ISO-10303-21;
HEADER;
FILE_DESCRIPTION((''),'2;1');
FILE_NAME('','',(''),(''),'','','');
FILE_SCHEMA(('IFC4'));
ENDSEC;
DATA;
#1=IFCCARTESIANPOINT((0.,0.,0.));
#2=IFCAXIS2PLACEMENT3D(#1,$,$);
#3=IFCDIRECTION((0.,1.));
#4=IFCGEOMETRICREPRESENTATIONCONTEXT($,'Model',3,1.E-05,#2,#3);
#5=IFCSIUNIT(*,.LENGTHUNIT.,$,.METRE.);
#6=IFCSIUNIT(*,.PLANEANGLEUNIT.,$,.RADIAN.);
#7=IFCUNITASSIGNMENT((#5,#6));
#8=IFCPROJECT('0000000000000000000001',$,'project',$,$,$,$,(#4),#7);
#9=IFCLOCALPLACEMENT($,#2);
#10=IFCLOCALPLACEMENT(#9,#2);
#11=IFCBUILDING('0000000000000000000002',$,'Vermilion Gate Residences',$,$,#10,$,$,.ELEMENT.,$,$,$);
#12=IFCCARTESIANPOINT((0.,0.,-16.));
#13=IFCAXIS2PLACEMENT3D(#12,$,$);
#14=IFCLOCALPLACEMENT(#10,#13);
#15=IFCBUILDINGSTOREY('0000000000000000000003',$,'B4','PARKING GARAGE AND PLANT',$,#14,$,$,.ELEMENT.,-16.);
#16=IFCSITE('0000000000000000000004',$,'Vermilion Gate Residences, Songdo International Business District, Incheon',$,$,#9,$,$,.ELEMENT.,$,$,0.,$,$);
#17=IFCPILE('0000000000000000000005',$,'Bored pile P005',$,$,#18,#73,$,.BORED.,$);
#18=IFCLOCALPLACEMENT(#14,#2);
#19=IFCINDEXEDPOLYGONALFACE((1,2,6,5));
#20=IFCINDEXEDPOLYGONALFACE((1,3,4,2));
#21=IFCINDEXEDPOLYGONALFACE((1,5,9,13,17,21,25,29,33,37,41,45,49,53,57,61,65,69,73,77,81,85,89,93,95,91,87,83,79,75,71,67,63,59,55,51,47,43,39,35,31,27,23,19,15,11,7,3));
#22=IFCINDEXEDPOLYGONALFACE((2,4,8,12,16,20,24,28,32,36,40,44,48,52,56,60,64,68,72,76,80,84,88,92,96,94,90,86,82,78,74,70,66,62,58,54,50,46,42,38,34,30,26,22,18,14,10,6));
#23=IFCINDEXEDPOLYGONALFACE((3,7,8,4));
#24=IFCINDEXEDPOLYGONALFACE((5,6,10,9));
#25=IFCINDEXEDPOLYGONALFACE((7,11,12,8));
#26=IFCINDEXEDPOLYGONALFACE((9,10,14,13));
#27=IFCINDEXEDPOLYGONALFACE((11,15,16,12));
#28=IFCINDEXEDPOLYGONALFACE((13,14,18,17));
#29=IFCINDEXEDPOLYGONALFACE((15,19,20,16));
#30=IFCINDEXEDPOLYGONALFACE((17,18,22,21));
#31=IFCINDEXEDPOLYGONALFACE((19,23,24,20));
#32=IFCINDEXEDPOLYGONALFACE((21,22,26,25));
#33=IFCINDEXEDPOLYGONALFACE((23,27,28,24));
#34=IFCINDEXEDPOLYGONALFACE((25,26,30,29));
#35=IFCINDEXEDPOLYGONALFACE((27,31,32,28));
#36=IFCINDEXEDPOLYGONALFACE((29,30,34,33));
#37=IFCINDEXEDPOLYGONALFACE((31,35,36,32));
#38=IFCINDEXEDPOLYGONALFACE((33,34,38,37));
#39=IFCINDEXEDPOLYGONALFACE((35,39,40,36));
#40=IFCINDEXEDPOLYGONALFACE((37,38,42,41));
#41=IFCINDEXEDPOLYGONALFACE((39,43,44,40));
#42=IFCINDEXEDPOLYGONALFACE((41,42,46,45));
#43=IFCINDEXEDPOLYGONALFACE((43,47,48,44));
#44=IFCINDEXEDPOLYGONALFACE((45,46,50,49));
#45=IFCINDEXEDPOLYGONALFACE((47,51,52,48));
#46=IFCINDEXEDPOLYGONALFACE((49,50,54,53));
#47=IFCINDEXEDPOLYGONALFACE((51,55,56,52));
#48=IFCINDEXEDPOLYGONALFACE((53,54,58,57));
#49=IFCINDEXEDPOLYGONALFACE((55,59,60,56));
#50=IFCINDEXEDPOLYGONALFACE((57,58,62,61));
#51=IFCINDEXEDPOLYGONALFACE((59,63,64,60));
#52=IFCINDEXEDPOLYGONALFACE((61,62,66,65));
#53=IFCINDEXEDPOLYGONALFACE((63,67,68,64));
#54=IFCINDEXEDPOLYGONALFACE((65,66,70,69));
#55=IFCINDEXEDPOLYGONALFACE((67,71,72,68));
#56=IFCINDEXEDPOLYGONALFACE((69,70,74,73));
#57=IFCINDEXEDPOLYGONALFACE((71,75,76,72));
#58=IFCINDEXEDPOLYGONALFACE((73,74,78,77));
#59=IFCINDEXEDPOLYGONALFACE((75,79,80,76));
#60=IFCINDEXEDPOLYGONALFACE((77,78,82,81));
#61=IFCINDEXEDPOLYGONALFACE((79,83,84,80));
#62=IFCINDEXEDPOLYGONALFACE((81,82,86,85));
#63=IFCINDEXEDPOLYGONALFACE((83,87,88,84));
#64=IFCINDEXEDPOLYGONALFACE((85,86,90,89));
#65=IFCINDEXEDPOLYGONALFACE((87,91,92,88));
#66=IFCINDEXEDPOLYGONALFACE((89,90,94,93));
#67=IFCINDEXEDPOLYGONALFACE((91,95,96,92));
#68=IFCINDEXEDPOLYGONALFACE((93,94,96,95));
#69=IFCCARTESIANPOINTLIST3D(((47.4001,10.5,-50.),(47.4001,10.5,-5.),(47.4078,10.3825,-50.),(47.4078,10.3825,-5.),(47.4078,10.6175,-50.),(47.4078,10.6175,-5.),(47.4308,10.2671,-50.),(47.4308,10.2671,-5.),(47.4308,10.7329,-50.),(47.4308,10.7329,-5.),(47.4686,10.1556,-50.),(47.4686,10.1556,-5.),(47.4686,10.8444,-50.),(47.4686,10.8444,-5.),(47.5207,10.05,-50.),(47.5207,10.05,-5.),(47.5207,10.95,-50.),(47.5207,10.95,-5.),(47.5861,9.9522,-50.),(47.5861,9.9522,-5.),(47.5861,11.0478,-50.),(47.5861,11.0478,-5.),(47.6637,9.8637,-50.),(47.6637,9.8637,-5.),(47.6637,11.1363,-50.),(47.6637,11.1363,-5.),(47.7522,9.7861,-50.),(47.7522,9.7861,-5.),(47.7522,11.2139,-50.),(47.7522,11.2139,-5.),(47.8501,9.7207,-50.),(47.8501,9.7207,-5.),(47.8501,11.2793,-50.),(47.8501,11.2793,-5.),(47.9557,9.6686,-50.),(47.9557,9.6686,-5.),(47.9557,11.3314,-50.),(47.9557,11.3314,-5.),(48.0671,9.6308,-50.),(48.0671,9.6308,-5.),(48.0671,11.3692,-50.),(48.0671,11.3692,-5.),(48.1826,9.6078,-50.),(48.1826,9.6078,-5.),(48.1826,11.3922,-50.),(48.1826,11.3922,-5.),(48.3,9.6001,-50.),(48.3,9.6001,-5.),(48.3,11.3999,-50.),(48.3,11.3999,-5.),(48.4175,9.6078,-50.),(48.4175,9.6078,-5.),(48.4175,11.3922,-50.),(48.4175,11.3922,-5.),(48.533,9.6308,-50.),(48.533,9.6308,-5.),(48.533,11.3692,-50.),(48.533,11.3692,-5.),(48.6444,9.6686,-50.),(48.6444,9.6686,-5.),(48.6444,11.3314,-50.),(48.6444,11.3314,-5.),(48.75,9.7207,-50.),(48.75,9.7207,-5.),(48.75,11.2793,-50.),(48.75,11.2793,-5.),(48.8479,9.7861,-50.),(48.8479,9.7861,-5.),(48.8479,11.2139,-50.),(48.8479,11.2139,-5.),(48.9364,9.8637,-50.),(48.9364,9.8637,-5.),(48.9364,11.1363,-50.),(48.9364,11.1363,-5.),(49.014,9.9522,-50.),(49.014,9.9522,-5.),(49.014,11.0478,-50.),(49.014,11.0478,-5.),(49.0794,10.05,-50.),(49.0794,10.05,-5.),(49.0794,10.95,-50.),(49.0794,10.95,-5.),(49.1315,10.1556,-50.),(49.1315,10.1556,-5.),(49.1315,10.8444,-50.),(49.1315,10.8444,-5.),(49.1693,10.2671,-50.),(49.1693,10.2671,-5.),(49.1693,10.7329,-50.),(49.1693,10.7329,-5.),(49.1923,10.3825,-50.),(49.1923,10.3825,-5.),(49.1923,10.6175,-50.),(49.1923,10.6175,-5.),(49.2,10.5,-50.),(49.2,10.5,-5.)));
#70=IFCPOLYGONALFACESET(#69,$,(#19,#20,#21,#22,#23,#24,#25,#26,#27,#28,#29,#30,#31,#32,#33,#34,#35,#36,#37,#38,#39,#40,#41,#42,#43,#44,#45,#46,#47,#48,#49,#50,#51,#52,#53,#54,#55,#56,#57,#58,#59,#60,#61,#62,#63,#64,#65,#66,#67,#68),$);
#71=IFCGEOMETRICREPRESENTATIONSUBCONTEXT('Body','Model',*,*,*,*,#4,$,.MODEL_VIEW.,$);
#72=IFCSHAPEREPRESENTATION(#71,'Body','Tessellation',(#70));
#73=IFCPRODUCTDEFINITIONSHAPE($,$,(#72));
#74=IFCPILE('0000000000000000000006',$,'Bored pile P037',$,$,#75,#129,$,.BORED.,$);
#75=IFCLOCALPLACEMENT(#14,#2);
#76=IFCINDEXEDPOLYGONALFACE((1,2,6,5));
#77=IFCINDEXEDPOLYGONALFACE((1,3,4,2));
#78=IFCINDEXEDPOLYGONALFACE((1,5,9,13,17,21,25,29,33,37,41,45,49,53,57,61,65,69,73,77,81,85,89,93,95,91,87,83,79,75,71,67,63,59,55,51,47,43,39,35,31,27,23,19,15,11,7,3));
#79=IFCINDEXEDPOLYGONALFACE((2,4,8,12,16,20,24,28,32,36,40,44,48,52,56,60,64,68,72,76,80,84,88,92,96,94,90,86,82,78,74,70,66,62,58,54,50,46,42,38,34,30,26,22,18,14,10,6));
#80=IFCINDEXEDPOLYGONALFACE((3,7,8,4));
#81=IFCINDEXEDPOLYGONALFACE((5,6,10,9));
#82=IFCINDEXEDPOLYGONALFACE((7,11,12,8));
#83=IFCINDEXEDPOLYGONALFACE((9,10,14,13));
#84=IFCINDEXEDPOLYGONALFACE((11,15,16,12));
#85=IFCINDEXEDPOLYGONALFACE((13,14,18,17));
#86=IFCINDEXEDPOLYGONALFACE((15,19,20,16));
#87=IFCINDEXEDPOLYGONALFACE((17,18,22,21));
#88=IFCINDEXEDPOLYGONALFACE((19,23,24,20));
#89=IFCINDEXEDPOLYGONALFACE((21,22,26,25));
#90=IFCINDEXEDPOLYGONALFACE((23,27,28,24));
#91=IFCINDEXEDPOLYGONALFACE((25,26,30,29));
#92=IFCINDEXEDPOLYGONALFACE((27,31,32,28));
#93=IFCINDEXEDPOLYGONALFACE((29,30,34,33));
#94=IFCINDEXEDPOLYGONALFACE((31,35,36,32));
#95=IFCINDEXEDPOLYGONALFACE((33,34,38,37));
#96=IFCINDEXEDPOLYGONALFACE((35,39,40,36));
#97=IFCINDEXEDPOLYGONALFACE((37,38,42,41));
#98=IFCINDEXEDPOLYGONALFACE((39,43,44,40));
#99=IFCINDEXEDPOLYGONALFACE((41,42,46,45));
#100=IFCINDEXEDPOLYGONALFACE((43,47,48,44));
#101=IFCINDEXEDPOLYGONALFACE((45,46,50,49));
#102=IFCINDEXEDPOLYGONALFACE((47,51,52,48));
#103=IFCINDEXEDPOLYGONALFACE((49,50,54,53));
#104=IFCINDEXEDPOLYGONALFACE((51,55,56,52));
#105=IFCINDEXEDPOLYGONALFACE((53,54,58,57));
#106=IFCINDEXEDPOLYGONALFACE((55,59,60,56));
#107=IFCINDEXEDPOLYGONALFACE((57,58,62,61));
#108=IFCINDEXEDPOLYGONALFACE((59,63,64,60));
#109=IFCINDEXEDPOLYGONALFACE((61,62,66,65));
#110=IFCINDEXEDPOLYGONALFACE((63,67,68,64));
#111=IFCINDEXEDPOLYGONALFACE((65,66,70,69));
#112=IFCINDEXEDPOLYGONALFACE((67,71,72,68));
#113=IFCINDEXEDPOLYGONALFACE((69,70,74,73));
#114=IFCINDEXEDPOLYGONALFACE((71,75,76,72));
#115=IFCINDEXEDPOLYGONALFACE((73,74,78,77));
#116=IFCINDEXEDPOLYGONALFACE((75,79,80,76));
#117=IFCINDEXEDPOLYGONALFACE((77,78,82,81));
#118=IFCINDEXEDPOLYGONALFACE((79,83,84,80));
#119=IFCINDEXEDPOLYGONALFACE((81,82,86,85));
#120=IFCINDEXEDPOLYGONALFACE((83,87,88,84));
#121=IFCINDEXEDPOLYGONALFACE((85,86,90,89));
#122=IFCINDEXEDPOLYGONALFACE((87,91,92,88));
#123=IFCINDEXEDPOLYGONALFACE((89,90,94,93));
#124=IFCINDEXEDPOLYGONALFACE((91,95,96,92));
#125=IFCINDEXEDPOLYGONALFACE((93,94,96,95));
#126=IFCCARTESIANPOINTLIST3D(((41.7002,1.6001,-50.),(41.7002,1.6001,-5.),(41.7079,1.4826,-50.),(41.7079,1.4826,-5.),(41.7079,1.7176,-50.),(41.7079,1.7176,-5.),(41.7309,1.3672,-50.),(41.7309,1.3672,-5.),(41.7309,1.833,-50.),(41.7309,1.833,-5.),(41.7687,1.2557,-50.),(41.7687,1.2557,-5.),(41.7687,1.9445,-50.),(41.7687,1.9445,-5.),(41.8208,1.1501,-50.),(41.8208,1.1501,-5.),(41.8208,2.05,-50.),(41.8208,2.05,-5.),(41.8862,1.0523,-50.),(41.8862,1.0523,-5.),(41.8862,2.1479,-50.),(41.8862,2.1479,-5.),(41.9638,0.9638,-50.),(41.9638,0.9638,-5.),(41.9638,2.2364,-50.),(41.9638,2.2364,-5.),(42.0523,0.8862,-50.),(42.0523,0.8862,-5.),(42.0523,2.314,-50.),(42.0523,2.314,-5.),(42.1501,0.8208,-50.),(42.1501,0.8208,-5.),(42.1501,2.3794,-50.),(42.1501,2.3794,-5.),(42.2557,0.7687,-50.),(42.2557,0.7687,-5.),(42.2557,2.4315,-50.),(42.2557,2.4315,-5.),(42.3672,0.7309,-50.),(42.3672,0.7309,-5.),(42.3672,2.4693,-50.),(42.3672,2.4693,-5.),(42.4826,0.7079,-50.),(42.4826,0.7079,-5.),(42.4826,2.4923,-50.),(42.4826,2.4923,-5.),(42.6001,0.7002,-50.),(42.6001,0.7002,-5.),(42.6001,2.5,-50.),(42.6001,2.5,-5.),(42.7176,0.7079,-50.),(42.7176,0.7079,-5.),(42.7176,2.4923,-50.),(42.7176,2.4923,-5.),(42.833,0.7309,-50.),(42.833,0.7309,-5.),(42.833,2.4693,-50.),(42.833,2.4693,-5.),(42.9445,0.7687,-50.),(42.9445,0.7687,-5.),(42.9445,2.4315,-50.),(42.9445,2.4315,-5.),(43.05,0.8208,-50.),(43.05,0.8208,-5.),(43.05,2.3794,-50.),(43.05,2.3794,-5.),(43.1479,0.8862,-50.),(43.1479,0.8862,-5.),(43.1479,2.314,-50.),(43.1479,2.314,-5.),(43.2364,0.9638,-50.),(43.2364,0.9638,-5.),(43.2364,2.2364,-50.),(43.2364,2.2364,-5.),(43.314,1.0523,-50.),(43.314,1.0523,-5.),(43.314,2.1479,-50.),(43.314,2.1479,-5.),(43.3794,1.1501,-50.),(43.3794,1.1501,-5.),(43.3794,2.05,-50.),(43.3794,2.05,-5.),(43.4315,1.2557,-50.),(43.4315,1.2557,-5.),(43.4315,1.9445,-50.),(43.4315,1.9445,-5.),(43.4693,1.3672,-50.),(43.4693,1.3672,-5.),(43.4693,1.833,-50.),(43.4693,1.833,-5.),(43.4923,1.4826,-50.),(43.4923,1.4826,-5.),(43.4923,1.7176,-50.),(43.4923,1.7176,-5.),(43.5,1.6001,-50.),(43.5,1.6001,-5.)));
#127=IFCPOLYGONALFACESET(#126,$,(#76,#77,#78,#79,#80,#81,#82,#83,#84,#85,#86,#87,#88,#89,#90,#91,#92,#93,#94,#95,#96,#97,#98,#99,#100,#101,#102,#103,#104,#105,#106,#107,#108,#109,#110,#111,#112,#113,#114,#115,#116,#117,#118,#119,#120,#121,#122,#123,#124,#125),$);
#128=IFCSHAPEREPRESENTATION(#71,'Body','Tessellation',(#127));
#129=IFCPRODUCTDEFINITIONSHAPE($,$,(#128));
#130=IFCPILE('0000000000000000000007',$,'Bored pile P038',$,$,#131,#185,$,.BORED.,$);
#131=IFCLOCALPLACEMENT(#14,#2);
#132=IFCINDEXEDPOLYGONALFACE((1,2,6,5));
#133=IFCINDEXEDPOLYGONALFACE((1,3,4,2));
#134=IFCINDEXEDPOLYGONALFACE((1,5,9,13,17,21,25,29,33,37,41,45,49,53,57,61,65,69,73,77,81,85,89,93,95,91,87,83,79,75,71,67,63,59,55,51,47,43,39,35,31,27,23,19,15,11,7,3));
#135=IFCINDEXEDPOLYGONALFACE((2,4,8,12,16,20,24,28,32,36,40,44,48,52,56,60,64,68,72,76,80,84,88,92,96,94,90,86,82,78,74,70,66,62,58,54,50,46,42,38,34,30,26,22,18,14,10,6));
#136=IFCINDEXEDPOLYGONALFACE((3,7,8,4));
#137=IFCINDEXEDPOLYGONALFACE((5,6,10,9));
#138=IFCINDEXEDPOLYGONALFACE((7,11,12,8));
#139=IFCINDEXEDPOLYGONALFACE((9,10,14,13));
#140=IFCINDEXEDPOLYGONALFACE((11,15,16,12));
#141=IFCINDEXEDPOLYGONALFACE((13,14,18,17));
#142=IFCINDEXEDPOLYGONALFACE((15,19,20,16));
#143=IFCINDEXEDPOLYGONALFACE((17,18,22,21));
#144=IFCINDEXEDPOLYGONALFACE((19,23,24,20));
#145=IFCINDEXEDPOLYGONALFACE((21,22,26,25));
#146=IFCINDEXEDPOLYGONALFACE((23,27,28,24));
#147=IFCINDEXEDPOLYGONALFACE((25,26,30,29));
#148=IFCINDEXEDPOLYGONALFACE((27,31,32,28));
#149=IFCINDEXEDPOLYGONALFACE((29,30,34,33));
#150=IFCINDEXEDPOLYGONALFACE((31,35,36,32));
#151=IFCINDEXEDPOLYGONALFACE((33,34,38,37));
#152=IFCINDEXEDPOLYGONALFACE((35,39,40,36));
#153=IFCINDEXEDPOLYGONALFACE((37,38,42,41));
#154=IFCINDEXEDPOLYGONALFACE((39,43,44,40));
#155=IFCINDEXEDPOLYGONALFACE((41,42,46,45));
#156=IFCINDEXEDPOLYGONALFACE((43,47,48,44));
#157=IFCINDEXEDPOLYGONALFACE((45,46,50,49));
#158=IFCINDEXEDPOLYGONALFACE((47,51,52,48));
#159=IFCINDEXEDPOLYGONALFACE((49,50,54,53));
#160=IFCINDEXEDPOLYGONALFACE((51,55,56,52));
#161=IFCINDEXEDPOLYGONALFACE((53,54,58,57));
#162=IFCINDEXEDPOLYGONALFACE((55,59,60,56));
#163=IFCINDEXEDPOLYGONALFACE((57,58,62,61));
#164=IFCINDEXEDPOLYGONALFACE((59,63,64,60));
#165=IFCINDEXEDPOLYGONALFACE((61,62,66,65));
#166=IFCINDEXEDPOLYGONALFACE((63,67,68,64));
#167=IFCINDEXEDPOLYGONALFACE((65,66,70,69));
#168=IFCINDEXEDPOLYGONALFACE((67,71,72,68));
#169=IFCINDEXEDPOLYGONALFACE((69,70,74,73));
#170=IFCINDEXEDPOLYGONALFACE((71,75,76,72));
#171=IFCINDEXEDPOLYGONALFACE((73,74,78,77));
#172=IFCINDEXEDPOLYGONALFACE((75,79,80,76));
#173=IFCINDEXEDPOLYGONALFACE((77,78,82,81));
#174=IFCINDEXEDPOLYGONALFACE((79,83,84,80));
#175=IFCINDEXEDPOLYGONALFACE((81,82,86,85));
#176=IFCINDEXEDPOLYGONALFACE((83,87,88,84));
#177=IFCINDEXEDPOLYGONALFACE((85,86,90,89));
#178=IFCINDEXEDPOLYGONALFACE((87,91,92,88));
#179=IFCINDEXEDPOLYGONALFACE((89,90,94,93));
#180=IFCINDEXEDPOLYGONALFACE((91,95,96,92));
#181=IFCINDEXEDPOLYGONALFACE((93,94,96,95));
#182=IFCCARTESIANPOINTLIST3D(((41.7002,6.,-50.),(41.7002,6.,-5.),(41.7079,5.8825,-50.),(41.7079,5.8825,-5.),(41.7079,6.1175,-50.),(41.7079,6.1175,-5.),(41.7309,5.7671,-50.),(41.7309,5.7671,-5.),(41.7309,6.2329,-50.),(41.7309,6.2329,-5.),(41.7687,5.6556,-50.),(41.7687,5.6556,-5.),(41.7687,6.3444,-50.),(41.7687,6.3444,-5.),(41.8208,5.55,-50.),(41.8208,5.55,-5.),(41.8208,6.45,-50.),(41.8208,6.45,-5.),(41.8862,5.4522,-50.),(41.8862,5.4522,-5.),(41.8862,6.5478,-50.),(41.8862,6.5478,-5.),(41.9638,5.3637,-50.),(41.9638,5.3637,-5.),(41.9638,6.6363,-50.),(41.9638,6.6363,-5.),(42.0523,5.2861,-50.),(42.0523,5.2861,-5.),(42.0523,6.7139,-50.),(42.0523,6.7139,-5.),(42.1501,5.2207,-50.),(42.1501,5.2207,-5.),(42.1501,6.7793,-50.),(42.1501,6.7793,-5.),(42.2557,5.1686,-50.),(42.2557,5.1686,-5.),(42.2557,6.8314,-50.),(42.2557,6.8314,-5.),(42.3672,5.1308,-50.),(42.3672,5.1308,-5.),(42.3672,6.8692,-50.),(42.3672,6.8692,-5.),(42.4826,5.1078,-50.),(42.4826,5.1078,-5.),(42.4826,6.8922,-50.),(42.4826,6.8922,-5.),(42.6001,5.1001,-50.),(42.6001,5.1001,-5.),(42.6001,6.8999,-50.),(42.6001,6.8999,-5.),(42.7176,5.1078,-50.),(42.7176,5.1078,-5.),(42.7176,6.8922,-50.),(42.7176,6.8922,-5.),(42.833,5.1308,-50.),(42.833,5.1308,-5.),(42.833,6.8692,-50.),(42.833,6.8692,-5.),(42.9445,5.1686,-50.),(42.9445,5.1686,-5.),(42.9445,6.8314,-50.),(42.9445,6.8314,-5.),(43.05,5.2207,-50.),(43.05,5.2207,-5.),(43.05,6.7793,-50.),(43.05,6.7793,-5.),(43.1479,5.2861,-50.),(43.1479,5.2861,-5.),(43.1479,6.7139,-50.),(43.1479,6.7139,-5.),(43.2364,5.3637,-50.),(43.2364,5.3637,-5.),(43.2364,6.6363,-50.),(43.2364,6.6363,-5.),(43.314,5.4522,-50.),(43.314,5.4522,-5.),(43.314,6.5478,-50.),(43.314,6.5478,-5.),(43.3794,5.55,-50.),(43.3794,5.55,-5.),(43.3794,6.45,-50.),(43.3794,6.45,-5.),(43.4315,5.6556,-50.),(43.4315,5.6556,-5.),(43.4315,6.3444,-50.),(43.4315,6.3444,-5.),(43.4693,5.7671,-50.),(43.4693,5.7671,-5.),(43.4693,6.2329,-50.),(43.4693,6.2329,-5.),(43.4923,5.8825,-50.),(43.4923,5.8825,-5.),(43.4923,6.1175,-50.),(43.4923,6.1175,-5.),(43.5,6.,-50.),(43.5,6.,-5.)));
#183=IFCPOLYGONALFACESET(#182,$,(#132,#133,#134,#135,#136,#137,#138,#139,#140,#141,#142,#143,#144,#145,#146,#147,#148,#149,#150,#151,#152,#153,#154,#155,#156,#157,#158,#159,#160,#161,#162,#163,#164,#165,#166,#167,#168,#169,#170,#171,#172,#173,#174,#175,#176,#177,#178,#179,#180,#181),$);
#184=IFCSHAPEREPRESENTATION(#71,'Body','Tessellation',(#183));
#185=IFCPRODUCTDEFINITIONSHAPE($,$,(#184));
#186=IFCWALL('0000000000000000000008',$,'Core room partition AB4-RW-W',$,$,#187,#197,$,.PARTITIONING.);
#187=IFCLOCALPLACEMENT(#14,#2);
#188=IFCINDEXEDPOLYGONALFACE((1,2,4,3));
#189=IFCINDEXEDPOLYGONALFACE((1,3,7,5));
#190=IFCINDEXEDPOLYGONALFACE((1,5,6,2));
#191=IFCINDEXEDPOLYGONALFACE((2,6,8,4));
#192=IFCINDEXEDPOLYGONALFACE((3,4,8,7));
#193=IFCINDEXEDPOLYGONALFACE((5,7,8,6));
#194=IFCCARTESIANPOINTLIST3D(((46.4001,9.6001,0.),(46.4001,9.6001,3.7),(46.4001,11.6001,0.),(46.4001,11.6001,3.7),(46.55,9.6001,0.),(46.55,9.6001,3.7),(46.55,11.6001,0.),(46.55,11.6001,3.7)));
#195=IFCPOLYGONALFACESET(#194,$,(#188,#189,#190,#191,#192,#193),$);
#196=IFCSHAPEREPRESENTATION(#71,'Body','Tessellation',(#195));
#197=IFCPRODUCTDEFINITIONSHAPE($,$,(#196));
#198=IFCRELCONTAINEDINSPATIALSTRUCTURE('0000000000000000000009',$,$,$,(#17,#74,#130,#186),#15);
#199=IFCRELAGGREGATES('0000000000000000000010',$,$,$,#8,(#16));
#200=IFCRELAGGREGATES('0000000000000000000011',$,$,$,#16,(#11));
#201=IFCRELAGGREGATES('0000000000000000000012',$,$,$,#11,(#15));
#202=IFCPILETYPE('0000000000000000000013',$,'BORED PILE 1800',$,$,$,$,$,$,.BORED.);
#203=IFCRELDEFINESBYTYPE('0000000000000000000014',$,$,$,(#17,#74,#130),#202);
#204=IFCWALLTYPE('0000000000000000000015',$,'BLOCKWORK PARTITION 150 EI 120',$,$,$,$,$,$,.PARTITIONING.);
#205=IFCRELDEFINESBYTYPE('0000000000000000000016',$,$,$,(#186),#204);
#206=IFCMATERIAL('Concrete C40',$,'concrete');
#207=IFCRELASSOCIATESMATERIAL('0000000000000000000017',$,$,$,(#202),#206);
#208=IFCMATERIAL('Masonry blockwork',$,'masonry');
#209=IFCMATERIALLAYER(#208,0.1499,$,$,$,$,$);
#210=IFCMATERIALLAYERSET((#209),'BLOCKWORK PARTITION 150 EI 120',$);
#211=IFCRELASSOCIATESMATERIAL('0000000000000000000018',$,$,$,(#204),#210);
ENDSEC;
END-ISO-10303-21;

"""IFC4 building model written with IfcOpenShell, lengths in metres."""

from ifc_helpers import new_model, si_unit, direction, frame, frame_2d, origin, origin_2d, place, context, subcontext, project, spatial, rectangle, circle, extrude, material, layer, layer_set, material_profile, profile_set, type_object, element, save


model = new_model("IFC4")

# Units and contexts
model_context = context("Model", 3, precision=1e-05, world=origin(), true_north=direction((0.0, 1.0)))
body_context = subcontext(model_context, "Body", "Model", "MODEL_VIEW")
ifc_project = project(units=[si_unit("LENGTHUNIT", "METRE"), si_unit("PLANEANGLEUNIT", "RADIAN")], contexts=[model_context])

# Site, building, storey
site_placement = place(None, origin())
site = spatial("IfcSite", under=ifc_project, at=site_placement, Name="Vermilion Gate Residences, Songdo International Business District, Incheon", CompositionType="ELEMENT", RefElevation=0.0)
building_placement = place(site_placement, origin())
building = spatial("IfcBuilding", under=site, at=building_placement, Name="Vermilion Gate Residences", CompositionType="ELEMENT")
storey_placement = place(building_placement, frame((0.0, 0.0, -16.0)))
storey = spatial("IfcBuildingStorey", under=building, at=storey_placement, Name="B4", Description="PARKING GARAGE AND PLANT", CompositionType="ELEMENT", Elevation=-16.0)

# Piles
ifc_material_1 = material(Name="Concrete C40", Category="concrete")
ifc_material_profile = material_profile(ifc_material_1, circle(Radius=0.8999, at=origin_2d()), Name="BORED PILE 1800")
ifc_profile_set = profile_set([ifc_material_profile], Name="Concrete C40")
pile_type = type_object("IfcPileType", Name="BORED PILE 1800", PredefinedType="BORED", material=ifc_profile_set)
for number, where, z_axis, x_axis, name in (
    (1, (48.3, 10.5, -5.0), (0.0, 0.0, -1.0), (1.0, 0.0, 0.0), "Bored pile P005"),
    (2, (42.6001, 1.6001, -5.0), (0.0, 0.0, -1.0), (1.0, 0.0, 0.0), "Bored pile P037"),
    (3, (42.6001, 6.0, -5.0), (0.0, 0.0, -1.0), (1.0, 0.0, 0.0), "Bored pile P038"),
):
    element("IfcPile", number, at=place(storey_placement, frame(where, z_axis=z_axis, x_axis=x_axis)), inside=storey, type_object=pile_type, Name=name, PredefinedType="BORED", context=body_context, shape_type="SweptSolid", body=[
        extrude(circle(Radius=0.8999, at=origin_2d()), origin(), (0.0, 0.0, 1.0), 45.0),
    ])

# Wall
ifc_material_2 = material(Name="Masonry blockwork", Category="masonry")
ifc_layer_1 = layer(ifc_material_2, 0.1499)
ifc_layer_set_1 = layer_set([ifc_layer_1], Name="BLOCKWORK PARTITION 150 EI 120")
wall_type_1 = type_object("IfcWallType", Name="BLOCKWORK PARTITION 150 EI 120", PredefinedType="PARTITIONING", material=ifc_layer_set_1)
wall_1_placement = place(storey_placement, frame((46.4751, 9.6001, 0.0), z_axis=(0.0, 0.0, 1.0), x_axis=(0.0, 1.0, 0.0)))
element("IfcWall", 4, at=wall_1_placement, inside=storey, type_object=wall_type_1, Name="Core room partition AB4-RW-W", PredefinedType="PARTITIONING", context=body_context, shape_type="SweptSolid", body=[
    extrude(rectangle(XDim=2.0, YDim=0.1499, at=frame_2d((1.0, 0.0))), origin(), (0.0, 0.0, 1.0), 3.7),
])

save(model, "model.ifc")
